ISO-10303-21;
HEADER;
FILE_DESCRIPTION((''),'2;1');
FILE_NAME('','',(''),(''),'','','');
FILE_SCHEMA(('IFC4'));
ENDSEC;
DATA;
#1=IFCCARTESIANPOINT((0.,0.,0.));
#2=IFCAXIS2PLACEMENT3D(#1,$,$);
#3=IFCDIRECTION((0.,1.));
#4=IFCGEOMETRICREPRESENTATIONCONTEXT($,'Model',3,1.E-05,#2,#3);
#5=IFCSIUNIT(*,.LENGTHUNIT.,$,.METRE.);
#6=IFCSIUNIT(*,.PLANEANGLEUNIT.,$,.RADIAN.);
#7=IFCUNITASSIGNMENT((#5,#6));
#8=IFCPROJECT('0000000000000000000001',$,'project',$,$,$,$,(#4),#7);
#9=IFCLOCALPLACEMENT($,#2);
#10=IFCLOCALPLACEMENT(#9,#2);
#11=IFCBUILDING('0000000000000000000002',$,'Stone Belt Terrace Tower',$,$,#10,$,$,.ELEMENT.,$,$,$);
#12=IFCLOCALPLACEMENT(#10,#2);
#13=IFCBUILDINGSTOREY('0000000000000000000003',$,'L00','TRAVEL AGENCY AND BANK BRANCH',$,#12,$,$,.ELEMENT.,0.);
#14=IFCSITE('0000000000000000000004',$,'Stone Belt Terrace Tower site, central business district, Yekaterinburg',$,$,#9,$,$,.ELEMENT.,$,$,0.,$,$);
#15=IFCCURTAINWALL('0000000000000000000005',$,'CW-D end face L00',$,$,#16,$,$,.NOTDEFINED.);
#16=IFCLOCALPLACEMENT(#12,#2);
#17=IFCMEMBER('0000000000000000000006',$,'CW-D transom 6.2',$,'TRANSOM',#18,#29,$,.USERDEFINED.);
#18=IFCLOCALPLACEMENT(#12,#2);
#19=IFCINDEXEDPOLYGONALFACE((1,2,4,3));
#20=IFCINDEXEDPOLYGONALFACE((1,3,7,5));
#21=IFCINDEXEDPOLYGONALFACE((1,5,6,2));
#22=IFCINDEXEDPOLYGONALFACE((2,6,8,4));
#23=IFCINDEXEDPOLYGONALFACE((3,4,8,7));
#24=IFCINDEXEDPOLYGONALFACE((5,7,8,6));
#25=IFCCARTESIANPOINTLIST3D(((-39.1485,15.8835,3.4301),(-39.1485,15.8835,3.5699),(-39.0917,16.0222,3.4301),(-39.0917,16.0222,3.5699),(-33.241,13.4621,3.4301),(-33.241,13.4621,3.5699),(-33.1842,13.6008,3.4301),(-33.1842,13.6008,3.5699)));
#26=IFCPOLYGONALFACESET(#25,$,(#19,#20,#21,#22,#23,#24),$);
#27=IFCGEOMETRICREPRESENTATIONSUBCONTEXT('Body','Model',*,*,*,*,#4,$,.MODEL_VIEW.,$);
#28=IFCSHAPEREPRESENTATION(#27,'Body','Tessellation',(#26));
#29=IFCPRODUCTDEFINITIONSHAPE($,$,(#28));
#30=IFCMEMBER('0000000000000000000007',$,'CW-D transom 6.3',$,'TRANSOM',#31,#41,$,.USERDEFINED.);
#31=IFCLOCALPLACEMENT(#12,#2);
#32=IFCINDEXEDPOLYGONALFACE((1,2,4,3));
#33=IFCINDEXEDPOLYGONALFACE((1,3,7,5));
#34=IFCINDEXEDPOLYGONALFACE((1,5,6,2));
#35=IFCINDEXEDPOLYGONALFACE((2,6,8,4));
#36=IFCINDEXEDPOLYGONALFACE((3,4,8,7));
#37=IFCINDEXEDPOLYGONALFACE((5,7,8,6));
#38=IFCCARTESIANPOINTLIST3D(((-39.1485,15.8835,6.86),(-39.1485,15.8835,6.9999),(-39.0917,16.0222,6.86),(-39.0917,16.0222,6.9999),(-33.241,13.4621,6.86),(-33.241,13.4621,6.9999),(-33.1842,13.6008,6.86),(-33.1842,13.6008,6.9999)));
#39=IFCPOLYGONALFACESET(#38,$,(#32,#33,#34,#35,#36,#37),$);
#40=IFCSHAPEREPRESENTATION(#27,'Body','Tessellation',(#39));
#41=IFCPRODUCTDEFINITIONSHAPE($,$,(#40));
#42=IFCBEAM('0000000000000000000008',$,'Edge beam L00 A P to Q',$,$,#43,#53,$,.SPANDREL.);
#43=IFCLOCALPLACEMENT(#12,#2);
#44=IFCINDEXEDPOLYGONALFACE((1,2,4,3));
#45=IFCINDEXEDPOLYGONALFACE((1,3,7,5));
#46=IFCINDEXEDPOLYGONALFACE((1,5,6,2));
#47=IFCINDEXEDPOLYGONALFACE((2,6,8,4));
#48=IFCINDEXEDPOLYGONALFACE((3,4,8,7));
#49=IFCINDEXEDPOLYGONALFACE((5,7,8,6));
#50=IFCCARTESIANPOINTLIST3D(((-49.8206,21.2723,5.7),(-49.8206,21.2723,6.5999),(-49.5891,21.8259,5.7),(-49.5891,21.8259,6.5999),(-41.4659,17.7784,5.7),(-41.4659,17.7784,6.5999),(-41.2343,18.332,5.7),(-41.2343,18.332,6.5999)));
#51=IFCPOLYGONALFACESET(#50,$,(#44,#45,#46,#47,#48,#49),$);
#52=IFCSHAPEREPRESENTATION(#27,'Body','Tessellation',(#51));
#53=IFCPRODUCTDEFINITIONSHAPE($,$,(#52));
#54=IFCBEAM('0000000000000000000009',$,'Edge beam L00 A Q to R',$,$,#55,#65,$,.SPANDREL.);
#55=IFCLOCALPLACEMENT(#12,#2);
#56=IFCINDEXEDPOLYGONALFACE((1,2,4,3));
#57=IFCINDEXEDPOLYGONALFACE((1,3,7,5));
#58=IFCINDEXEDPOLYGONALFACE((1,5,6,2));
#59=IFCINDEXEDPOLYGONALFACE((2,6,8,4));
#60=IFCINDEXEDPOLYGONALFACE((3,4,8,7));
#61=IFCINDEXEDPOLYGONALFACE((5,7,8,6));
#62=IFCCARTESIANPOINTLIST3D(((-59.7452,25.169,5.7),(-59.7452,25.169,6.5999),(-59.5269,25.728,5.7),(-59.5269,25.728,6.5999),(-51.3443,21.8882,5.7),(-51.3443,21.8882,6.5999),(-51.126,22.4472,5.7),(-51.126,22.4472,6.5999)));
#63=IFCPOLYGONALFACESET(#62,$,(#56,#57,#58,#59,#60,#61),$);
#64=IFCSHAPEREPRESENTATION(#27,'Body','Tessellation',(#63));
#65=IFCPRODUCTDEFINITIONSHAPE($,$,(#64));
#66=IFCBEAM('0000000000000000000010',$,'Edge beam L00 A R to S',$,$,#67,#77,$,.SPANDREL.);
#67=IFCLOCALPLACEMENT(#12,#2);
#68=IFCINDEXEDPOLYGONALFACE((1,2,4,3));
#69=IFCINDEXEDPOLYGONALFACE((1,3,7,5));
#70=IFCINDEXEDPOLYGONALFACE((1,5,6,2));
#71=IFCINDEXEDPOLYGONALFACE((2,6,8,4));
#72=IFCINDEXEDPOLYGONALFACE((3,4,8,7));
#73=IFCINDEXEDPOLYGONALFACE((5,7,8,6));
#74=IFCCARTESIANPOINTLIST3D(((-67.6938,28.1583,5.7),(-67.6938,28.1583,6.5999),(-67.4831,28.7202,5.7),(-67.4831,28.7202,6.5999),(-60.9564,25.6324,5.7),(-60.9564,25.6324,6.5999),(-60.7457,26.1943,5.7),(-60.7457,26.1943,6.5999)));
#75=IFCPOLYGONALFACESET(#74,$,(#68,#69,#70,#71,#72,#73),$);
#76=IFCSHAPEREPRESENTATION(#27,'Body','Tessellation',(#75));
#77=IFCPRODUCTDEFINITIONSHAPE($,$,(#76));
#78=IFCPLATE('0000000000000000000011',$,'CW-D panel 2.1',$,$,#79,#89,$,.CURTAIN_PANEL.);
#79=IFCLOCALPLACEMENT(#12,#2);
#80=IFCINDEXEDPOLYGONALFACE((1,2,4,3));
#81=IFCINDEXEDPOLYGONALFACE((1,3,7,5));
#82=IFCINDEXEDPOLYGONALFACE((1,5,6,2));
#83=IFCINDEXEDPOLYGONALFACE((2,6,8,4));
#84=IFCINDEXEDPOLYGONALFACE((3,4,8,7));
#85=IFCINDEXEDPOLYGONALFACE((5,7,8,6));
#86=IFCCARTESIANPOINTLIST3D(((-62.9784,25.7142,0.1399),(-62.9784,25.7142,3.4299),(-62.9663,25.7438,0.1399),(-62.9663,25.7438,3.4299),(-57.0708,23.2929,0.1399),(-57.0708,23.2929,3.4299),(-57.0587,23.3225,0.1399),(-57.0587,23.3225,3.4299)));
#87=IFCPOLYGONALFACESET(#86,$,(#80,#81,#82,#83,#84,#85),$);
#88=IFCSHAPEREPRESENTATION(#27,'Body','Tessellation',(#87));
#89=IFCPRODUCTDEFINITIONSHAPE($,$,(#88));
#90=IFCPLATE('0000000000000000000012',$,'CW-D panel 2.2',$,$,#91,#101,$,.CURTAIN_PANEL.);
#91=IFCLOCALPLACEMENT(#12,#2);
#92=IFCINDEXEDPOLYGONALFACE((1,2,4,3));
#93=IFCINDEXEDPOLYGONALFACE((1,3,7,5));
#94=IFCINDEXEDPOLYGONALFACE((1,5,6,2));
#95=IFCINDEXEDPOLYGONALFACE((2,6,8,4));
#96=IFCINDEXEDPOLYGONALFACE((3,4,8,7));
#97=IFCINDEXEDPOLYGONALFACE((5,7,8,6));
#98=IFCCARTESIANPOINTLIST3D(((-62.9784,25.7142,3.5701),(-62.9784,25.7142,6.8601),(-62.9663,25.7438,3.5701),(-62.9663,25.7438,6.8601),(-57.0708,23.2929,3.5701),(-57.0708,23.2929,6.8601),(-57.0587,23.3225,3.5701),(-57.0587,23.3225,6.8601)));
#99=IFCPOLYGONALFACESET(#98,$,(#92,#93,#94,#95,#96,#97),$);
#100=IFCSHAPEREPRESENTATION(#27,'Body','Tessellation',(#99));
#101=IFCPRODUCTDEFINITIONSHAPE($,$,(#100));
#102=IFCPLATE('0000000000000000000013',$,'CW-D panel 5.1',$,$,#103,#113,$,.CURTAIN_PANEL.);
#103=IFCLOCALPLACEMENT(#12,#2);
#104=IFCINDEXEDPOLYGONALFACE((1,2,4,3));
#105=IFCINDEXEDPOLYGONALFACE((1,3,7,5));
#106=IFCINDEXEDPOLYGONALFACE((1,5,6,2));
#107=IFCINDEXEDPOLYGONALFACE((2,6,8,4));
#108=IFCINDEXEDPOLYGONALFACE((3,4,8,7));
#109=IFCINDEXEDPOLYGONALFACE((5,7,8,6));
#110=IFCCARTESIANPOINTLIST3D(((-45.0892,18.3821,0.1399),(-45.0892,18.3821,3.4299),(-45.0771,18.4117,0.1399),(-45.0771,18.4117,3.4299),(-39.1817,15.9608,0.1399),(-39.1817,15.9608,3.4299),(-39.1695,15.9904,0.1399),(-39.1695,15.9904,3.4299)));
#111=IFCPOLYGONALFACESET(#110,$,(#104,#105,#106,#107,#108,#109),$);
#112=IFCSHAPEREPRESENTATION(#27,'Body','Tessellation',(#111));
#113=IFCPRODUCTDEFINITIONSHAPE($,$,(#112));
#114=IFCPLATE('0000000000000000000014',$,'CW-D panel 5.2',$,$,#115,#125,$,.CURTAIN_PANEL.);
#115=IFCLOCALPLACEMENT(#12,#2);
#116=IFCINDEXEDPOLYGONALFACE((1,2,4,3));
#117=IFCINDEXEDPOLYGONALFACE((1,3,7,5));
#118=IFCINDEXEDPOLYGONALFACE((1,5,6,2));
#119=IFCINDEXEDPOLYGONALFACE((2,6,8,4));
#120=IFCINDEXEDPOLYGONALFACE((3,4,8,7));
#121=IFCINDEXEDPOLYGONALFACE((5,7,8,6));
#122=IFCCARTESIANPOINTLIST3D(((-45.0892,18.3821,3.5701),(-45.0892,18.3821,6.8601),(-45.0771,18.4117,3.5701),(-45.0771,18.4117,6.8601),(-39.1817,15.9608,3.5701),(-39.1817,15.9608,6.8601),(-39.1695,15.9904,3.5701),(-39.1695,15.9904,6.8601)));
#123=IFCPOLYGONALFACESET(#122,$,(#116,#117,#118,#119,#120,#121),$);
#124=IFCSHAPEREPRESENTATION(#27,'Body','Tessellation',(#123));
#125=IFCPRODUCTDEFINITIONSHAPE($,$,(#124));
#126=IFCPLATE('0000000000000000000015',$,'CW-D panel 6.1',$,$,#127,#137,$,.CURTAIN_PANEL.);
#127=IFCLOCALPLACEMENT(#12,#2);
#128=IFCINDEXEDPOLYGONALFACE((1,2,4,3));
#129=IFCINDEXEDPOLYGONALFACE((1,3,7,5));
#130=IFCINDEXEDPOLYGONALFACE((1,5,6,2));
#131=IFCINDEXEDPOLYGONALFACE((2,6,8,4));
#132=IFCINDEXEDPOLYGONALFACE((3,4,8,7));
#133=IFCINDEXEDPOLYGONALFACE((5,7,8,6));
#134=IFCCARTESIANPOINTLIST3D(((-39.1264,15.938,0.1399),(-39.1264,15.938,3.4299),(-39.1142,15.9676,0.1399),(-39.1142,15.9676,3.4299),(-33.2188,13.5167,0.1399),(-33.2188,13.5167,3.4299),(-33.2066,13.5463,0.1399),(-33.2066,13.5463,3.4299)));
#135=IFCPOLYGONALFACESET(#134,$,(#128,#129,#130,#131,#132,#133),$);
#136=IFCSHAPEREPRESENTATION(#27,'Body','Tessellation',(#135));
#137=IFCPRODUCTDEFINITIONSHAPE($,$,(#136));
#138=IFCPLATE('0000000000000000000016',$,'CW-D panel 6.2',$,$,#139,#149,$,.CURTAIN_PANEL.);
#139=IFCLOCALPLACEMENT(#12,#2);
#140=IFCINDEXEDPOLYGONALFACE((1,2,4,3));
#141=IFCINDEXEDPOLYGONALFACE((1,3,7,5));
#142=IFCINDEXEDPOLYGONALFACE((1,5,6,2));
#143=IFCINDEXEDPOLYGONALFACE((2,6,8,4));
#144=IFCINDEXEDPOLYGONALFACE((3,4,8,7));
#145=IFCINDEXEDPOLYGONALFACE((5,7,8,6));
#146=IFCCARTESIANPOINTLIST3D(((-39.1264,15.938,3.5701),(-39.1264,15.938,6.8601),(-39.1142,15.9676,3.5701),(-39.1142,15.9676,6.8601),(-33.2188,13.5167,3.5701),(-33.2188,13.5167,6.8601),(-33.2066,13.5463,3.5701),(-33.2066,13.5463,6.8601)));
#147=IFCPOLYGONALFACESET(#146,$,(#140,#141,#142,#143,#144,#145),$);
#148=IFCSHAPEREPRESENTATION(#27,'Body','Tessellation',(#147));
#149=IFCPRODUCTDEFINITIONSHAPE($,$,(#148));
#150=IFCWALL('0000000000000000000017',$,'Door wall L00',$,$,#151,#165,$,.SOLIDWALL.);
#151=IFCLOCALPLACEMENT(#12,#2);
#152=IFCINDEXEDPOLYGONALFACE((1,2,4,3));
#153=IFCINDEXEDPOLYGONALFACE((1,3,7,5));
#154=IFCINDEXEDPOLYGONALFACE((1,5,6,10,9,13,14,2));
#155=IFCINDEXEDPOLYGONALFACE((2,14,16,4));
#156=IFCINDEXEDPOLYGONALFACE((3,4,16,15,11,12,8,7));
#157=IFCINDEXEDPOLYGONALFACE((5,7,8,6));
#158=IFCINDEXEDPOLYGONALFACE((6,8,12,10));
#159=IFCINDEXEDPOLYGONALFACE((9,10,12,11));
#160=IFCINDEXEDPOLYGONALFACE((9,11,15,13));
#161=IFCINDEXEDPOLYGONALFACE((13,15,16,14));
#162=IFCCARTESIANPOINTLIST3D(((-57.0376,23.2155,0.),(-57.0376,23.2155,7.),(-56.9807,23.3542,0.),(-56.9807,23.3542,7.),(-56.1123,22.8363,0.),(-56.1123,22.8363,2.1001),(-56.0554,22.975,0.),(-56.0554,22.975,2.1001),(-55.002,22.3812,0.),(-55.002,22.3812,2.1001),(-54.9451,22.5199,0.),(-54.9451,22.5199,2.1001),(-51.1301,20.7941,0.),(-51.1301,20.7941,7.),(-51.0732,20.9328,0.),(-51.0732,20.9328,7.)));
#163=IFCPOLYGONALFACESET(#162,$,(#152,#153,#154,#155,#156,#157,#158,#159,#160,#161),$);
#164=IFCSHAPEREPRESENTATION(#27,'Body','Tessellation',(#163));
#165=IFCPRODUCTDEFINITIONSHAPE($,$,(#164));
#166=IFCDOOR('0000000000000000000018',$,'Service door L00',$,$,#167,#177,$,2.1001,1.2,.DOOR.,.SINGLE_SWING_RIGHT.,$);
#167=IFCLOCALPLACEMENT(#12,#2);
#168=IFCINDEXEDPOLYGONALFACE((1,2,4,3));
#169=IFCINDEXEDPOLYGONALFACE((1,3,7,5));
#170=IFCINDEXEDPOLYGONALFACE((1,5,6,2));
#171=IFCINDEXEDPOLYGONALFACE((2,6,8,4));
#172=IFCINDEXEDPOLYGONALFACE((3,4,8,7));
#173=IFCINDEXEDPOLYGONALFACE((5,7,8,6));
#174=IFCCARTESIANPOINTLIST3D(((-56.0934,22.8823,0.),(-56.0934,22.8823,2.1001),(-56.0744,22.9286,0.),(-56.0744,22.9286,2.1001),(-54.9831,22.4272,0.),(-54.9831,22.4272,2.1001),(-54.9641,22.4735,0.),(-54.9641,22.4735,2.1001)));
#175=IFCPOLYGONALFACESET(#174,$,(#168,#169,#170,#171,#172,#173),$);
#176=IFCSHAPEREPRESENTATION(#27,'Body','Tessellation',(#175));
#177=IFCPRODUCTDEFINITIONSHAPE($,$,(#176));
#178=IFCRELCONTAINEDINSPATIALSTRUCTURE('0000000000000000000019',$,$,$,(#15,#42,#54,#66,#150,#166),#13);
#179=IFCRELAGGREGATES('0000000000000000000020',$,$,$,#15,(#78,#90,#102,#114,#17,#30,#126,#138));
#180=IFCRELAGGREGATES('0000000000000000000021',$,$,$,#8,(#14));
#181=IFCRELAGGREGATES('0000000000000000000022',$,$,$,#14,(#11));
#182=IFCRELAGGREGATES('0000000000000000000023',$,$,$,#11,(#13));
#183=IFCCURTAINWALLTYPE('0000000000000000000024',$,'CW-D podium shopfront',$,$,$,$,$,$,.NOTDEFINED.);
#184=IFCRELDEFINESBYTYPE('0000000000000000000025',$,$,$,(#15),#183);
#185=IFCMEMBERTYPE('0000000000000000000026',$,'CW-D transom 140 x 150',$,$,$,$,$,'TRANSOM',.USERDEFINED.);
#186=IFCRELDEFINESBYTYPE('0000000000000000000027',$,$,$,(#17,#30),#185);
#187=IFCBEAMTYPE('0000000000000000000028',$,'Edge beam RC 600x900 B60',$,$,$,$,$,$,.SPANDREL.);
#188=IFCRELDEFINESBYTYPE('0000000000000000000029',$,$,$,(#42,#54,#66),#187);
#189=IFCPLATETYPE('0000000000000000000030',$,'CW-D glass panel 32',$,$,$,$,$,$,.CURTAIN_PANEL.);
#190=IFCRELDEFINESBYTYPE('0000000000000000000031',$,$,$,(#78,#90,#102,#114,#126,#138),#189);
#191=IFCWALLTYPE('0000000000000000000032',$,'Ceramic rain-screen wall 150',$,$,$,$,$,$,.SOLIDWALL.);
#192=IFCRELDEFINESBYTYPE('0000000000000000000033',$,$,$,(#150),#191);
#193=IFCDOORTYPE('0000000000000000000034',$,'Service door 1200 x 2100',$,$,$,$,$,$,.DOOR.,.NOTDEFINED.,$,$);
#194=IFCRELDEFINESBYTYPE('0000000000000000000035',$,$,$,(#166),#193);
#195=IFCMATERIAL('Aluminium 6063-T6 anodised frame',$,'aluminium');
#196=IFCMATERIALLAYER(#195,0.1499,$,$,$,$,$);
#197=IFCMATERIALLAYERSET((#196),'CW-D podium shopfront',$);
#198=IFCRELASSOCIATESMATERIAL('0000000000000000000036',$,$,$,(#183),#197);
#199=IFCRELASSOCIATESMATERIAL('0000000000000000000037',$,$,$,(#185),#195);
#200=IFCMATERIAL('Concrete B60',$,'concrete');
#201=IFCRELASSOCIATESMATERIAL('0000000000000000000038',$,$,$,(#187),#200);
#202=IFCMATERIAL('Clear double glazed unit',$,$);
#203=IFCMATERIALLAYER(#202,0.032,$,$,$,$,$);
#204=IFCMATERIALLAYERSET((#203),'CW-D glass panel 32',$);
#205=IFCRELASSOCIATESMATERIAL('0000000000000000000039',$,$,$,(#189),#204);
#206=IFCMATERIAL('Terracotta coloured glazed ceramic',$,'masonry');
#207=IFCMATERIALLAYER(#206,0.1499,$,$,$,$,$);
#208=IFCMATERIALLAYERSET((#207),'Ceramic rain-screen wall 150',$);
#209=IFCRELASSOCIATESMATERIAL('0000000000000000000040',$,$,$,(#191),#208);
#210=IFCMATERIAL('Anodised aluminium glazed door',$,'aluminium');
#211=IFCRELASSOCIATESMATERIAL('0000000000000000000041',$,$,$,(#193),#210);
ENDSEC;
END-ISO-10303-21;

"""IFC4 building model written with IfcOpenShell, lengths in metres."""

from ifc_helpers import new_model, si_unit, direction, frame, frame_2d, origin, origin_2d, place, context, subcontext, project, spatial, rectangle, extrude, material, layer, layer_set, material_profile, profile_set, type_object, element, fill, aggregate, save


model = new_model("IFC4")

# Units and contexts
model_context = context("Model", 3, precision=1e-05, world=origin(), true_north=direction((0.0, 1.0)))
body_context = subcontext(model_context, "Body", "Model", "MODEL_VIEW")
ifc_project = project(units=[si_unit("LENGTHUNIT", "METRE"), si_unit("PLANEANGLEUNIT", "RADIAN")], contexts=[model_context])

# Site, building, storey
site_placement = place(None, origin())
site = spatial("IfcSite", under=ifc_project, at=site_placement, Name="Stone Belt Terrace Tower site, central business district, Yekaterinburg", CompositionType="ELEMENT", RefElevation=0.0)
building_placement = place(site_placement, origin())
building = spatial("IfcBuilding", under=site, at=building_placement, Name="Stone Belt Terrace Tower", CompositionType="ELEMENT")
storey_placement = place(building_placement, origin())
storey = spatial("IfcBuildingStorey", under=building, at=storey_placement, Name="L00", Description="TRAVEL AGENCY AND BANK BRANCH", CompositionType="ELEMENT", Elevation=0.0)

# Curtain wall, members
ifc_material_1 = material(Name="Aluminium 6063-T6 anodised frame", Category="aluminium")
ifc_layer_1 = layer(ifc_material_1, 0.1499)
ifc_layer_set_1 = layer_set([ifc_layer_1], Name="CW-D podium shopfront")
curtain_wall_type = type_object("IfcCurtainWallType", Name="CW-D podium shopfront", PredefinedType="NOTDEFINED", material=ifc_layer_set_1)
curtain_wall_placement = place(storey_placement, origin())
curtain_wall = element("IfcCurtainWall", 1, at=curtain_wall_placement, inside=storey, type_object=curtain_wall_type, Name="CW-D end face L00", PredefinedType="NOTDEFINED")
ifc_material_profile_1 = material_profile(ifc_material_1, rectangle(XDim=0.1499, YDim=0.1399, at=origin_2d()), Name="Aluminium 6063-T6 150x140")
ifc_profile_set_1 = profile_set([ifc_material_profile_1], Name="Aluminium 6063-T6 anodised frame")
member_type_1 = type_object("IfcMemberType", Name="CW-D transom 140 x 150", ElementType="TRANSOM", PredefinedType="USERDEFINED", material=ifc_profile_set_1)
member_1_placement = place(storey_placement, frame((-39.1201, 15.9529, 3.5), z_axis=(0.925289, -0.379263, 0.0), x_axis=(0.379263, 0.925289, 0.0)))
member_1 = element("IfcMember", 2, at=member_1_placement, type_object=member_type_1, Name="CW-D transom 6.2", ObjectType="TRANSOM", PredefinedType="USERDEFINED", context=body_context, shape_type="SweptSolid", body=[
    extrude(rectangle(XDim=0.1499, YDim=0.1399, at=origin_2d()), origin(), (0.0, 0.0, 1.0), 6.3845),
])
member_2_placement = place(storey_placement, frame((-39.1201, 15.9529, 6.9299), z_axis=(0.925289, -0.379263, 0.0), x_axis=(0.379263, 0.925289, 0.0)))
member_2 = element("IfcMember", 3, at=member_2_placement, type_object=member_type_1, Name="CW-D transom 6.3", ObjectType="TRANSOM", PredefinedType="USERDEFINED", context=body_context, shape_type="SweptSolid", body=[
    extrude(rectangle(XDim=0.1499, YDim=0.1399, at=origin_2d()), origin(), (0.0, 0.0, 1.0), 6.3845),
])

# Beams
ifc_material_2 = material(Name="Concrete B60", Category="concrete")
ifc_material_profile_2 = material_profile(ifc_material_2, rectangle(XDim=0.6001, YDim=0.8999, at=origin_2d()), Name="RC 600x900")
ifc_profile_set_2 = profile_set([ifc_material_profile_2], Name="Concrete B60")
beam_type = type_object("IfcBeamType", Name="Edge beam RC 600x900 B60", PredefinedType="SPANDREL", material=ifc_profile_set_2)
beam_1_placement = place(storey_placement, frame((-41.3501, 18.0552, 6.1499), z_axis=(-0.922576, 0.385815, 0.0), x_axis=(-0.385815, -0.922576, 0.0)))
element("IfcBeam", 4, at=beam_1_placement, inside=storey, type_object=beam_type, Name="Edge beam L00 A P to Q", PredefinedType="SPANDREL", context=body_context, shape_type="SweptSolid", body=[
    extrude(rectangle(XDim=0.6001, YDim=0.8999, at=origin_2d()), origin(), (0.0, 0.0, 1.0), 9.0559),
])
beam_2_placement = place(storey_placement, frame((-51.2351, 22.1677, 6.1499), z_axis=(-0.931489, 0.363771, 0.0), x_axis=(-0.363771, -0.931489, 0.0)))
element("IfcBeam", 5, at=beam_2_placement, inside=storey, type_object=beam_type, Name="Edge beam L00 A Q to R", PredefinedType="SPANDREL", context=body_context, shape_type="SweptSolid", body=[
    extrude(rectangle(XDim=0.6001, YDim=0.8999, at=origin_2d()), origin(), (0.0, 0.0, 1.0), 9.0188),
])
beam_3_placement = place(storey_placement, frame((-60.8511, 25.9133, 6.1499), z_axis=(-0.936357, 0.351049, 0.0), x_axis=(-0.351049, -0.936357, 0.0)))
element("IfcBeam", 6, at=beam_3_placement, inside=storey, type_object=beam_type, Name="Edge beam L00 A R to S", PredefinedType="SPANDREL", context=body_context, shape_type="SweptSolid", body=[
    extrude(rectangle(XDim=0.6001, YDim=0.8999, at=origin_2d()), origin(), (0.0, 0.0, 1.0), 7.1953),
])

# Plates
ifc_material_3 = material(Name="Clear double glazed unit")
ifc_layer_2 = layer(ifc_material_3, 0.032)
ifc_layer_set_2 = layer_set([ifc_layer_2], Name="CW-D glass panel 32")
plate_type = type_object("IfcPlateType", Name="CW-D glass panel 32", PredefinedType="CURTAIN_PANEL", material=ifc_layer_set_2)
plate_1_placement = place(storey_placement, frame((-60.0186, 24.5183, 0.1399), z_axis=(0.0, 0.0, 1.0), x_axis=(0.925297, -0.379243, 0.0)))
plate_1 = element("IfcPlate", 7, at=plate_1_placement, type_object=plate_type, Name="CW-D panel 2.1", PredefinedType="CURTAIN_PANEL", context=body_context, shape_type="SweptSolid", body=[
    extrude(rectangle(XDim=6.3845, YDim=0.032, at=origin_2d()), origin(), (0.0, 0.0, 1.0), 3.29),
])
plate_2_placement = place(storey_placement, frame((-60.0186, 24.5183, 3.5701), z_axis=(0.0, 0.0, 1.0), x_axis=(0.925297, -0.379243, 0.0)))
plate_2 = element("IfcPlate", 8, at=plate_2_placement, type_object=plate_type, Name="CW-D panel 2.2", PredefinedType="CURTAIN_PANEL", context=body_context, shape_type="SweptSolid", body=[
    extrude(rectangle(XDim=6.3845, YDim=0.032, at=origin_2d()), origin(), (0.0, 0.0, 1.0), 3.29),
])
plate_3_placement = place(storey_placement, frame((-42.1294, 17.1863, 0.1399), z_axis=(0.0, 0.0, 1.0), x_axis=(0.925297, -0.379243, 0.0)))
plate_3 = element("IfcPlate", 9, at=plate_3_placement, type_object=plate_type, Name="CW-D panel 5.1", PredefinedType="CURTAIN_PANEL", context=body_context, shape_type="SweptSolid", body=[
    extrude(rectangle(XDim=6.3845, YDim=0.032, at=origin_2d()), origin(), (0.0, 0.0, 1.0), 3.29),
])
plate_4_placement = place(storey_placement, frame((-42.1294, 17.1863, 3.5701), z_axis=(0.0, 0.0, 1.0), x_axis=(0.925297, -0.379243, 0.0)))
plate_4 = element("IfcPlate", 10, at=plate_4_placement, type_object=plate_type, Name="CW-D panel 5.2", PredefinedType="CURTAIN_PANEL", context=body_context, shape_type="SweptSolid", body=[
    extrude(rectangle(XDim=6.3845, YDim=0.032, at=origin_2d()), origin(), (0.0, 0.0, 1.0), 3.29),
])
plate_5_placement = place(storey_placement, frame((-36.1665, 14.7422, 0.1399), z_axis=(0.0, 0.0, 1.0), x_axis=(0.925297, -0.379243, 0.0)))
plate_5 = element("IfcPlate", 11, at=plate_5_placement, type_object=plate_type, Name="CW-D panel 6.1", PredefinedType="CURTAIN_PANEL", context=body_context, shape_type="SweptSolid", body=[
    extrude(rectangle(XDim=6.3845, YDim=0.032, at=origin_2d()), origin(), (0.0, 0.0, 1.0), 3.29),
])
plate_6_placement = place(storey_placement, frame((-36.1665, 14.7422, 3.5701), z_axis=(0.0, 0.0, 1.0), x_axis=(0.925297, -0.379243, 0.0)))
plate_6 = element("IfcPlate", 12, at=plate_6_placement, type_object=plate_type, Name="CW-D panel 6.2", PredefinedType="CURTAIN_PANEL", context=body_context, shape_type="SweptSolid", body=[
    extrude(rectangle(XDim=6.3845, YDim=0.032, at=origin_2d()), origin(), (0.0, 0.0, 1.0), 3.29),
])
aggregate(curtain_wall, [plate_1, plate_2, plate_3, plate_4, member_1, member_2, plate_5, plate_6])

# Wall, opening, door
ifc_material_4 = material(Name="Terracotta coloured glazed ceramic", Category="masonry")
ifc_layer_3 = layer(ifc_material_4, 0.1499)
ifc_layer_set_3 = layer_set([ifc_layer_3], Name="Ceramic rain-screen wall 150")
wall_type_1 = type_object("IfcWallType", Name="Ceramic rain-screen wall 150", PredefinedType="SOLIDWALL", material=ifc_layer_set_3)
wall_1_placement = place(storey_placement, frame((-57.0093, 23.2849, 0.0), z_axis=(0.0, 0.0, 1.0), x_axis=(0.925289, -0.379263, 0.0)))
wall_1 = element("IfcWall", 13, at=wall_1_placement, inside=storey, type_object=wall_type_1, Name="Door wall L00", PredefinedType="SOLIDWALL", context=body_context, shape_type="SweptSolid", body=[
    extrude(rectangle(XDim=6.3845, YDim=0.1499, at=frame_2d((3.1924, 0.0))), origin(), (0.0, 0.0, 1.0), 7.0),
])
opening_1_placement = place(wall_1_placement, frame((1.0, 0.0, 0.0)))
opening_1 = element("IfcOpeningElement", 14, at=opening_1_placement, cuts=wall_1, PredefinedType="OPENING", context=body_context, shape_type="SweptSolid", body=[
    extrude(rectangle(XDim=1.2, YDim=2.1001, at=frame_2d((0.6001, 1.05))), frame((0.0, 0.085, 0.0), z_axis=(0.0, -1.0, 0.0), x_axis=(1.0, 0.0, 0.0)), (0.0, 0.0, 1.0), 0.1699),
])
ifc_material_5 = material(Name="Anodised aluminium glazed door", Category="aluminium")
door_type_1 = type_object("IfcDoorType", Name="Service door 1200 x 2100", OperationType="NOTDEFINED", PredefinedType="DOOR", material=ifc_material_5)
door_1_placement = place(opening_1_placement, origin())
door_1 = element("IfcDoor", 15, at=door_1_placement, inside=storey, type_object=door_type_1, Name="Service door L00", OperationType="SINGLE_SWING_RIGHT", OverallHeight=2.1001, OverallWidth=1.2, PredefinedType="DOOR", context=body_context, shape_type="SweptSolid", body=[
    extrude(rectangle(XDim=1.2, YDim=2.1001, at=frame_2d((0.6001, 1.05))), frame((0.0, 0.0249, 0.0), z_axis=(0.0, -1.0, 0.0), x_axis=(1.0, 0.0, 0.0)), (0.0, 0.0, 1.0), 0.05),
])
fill(opening_1, door_1)

save(model, "model.ifc")
